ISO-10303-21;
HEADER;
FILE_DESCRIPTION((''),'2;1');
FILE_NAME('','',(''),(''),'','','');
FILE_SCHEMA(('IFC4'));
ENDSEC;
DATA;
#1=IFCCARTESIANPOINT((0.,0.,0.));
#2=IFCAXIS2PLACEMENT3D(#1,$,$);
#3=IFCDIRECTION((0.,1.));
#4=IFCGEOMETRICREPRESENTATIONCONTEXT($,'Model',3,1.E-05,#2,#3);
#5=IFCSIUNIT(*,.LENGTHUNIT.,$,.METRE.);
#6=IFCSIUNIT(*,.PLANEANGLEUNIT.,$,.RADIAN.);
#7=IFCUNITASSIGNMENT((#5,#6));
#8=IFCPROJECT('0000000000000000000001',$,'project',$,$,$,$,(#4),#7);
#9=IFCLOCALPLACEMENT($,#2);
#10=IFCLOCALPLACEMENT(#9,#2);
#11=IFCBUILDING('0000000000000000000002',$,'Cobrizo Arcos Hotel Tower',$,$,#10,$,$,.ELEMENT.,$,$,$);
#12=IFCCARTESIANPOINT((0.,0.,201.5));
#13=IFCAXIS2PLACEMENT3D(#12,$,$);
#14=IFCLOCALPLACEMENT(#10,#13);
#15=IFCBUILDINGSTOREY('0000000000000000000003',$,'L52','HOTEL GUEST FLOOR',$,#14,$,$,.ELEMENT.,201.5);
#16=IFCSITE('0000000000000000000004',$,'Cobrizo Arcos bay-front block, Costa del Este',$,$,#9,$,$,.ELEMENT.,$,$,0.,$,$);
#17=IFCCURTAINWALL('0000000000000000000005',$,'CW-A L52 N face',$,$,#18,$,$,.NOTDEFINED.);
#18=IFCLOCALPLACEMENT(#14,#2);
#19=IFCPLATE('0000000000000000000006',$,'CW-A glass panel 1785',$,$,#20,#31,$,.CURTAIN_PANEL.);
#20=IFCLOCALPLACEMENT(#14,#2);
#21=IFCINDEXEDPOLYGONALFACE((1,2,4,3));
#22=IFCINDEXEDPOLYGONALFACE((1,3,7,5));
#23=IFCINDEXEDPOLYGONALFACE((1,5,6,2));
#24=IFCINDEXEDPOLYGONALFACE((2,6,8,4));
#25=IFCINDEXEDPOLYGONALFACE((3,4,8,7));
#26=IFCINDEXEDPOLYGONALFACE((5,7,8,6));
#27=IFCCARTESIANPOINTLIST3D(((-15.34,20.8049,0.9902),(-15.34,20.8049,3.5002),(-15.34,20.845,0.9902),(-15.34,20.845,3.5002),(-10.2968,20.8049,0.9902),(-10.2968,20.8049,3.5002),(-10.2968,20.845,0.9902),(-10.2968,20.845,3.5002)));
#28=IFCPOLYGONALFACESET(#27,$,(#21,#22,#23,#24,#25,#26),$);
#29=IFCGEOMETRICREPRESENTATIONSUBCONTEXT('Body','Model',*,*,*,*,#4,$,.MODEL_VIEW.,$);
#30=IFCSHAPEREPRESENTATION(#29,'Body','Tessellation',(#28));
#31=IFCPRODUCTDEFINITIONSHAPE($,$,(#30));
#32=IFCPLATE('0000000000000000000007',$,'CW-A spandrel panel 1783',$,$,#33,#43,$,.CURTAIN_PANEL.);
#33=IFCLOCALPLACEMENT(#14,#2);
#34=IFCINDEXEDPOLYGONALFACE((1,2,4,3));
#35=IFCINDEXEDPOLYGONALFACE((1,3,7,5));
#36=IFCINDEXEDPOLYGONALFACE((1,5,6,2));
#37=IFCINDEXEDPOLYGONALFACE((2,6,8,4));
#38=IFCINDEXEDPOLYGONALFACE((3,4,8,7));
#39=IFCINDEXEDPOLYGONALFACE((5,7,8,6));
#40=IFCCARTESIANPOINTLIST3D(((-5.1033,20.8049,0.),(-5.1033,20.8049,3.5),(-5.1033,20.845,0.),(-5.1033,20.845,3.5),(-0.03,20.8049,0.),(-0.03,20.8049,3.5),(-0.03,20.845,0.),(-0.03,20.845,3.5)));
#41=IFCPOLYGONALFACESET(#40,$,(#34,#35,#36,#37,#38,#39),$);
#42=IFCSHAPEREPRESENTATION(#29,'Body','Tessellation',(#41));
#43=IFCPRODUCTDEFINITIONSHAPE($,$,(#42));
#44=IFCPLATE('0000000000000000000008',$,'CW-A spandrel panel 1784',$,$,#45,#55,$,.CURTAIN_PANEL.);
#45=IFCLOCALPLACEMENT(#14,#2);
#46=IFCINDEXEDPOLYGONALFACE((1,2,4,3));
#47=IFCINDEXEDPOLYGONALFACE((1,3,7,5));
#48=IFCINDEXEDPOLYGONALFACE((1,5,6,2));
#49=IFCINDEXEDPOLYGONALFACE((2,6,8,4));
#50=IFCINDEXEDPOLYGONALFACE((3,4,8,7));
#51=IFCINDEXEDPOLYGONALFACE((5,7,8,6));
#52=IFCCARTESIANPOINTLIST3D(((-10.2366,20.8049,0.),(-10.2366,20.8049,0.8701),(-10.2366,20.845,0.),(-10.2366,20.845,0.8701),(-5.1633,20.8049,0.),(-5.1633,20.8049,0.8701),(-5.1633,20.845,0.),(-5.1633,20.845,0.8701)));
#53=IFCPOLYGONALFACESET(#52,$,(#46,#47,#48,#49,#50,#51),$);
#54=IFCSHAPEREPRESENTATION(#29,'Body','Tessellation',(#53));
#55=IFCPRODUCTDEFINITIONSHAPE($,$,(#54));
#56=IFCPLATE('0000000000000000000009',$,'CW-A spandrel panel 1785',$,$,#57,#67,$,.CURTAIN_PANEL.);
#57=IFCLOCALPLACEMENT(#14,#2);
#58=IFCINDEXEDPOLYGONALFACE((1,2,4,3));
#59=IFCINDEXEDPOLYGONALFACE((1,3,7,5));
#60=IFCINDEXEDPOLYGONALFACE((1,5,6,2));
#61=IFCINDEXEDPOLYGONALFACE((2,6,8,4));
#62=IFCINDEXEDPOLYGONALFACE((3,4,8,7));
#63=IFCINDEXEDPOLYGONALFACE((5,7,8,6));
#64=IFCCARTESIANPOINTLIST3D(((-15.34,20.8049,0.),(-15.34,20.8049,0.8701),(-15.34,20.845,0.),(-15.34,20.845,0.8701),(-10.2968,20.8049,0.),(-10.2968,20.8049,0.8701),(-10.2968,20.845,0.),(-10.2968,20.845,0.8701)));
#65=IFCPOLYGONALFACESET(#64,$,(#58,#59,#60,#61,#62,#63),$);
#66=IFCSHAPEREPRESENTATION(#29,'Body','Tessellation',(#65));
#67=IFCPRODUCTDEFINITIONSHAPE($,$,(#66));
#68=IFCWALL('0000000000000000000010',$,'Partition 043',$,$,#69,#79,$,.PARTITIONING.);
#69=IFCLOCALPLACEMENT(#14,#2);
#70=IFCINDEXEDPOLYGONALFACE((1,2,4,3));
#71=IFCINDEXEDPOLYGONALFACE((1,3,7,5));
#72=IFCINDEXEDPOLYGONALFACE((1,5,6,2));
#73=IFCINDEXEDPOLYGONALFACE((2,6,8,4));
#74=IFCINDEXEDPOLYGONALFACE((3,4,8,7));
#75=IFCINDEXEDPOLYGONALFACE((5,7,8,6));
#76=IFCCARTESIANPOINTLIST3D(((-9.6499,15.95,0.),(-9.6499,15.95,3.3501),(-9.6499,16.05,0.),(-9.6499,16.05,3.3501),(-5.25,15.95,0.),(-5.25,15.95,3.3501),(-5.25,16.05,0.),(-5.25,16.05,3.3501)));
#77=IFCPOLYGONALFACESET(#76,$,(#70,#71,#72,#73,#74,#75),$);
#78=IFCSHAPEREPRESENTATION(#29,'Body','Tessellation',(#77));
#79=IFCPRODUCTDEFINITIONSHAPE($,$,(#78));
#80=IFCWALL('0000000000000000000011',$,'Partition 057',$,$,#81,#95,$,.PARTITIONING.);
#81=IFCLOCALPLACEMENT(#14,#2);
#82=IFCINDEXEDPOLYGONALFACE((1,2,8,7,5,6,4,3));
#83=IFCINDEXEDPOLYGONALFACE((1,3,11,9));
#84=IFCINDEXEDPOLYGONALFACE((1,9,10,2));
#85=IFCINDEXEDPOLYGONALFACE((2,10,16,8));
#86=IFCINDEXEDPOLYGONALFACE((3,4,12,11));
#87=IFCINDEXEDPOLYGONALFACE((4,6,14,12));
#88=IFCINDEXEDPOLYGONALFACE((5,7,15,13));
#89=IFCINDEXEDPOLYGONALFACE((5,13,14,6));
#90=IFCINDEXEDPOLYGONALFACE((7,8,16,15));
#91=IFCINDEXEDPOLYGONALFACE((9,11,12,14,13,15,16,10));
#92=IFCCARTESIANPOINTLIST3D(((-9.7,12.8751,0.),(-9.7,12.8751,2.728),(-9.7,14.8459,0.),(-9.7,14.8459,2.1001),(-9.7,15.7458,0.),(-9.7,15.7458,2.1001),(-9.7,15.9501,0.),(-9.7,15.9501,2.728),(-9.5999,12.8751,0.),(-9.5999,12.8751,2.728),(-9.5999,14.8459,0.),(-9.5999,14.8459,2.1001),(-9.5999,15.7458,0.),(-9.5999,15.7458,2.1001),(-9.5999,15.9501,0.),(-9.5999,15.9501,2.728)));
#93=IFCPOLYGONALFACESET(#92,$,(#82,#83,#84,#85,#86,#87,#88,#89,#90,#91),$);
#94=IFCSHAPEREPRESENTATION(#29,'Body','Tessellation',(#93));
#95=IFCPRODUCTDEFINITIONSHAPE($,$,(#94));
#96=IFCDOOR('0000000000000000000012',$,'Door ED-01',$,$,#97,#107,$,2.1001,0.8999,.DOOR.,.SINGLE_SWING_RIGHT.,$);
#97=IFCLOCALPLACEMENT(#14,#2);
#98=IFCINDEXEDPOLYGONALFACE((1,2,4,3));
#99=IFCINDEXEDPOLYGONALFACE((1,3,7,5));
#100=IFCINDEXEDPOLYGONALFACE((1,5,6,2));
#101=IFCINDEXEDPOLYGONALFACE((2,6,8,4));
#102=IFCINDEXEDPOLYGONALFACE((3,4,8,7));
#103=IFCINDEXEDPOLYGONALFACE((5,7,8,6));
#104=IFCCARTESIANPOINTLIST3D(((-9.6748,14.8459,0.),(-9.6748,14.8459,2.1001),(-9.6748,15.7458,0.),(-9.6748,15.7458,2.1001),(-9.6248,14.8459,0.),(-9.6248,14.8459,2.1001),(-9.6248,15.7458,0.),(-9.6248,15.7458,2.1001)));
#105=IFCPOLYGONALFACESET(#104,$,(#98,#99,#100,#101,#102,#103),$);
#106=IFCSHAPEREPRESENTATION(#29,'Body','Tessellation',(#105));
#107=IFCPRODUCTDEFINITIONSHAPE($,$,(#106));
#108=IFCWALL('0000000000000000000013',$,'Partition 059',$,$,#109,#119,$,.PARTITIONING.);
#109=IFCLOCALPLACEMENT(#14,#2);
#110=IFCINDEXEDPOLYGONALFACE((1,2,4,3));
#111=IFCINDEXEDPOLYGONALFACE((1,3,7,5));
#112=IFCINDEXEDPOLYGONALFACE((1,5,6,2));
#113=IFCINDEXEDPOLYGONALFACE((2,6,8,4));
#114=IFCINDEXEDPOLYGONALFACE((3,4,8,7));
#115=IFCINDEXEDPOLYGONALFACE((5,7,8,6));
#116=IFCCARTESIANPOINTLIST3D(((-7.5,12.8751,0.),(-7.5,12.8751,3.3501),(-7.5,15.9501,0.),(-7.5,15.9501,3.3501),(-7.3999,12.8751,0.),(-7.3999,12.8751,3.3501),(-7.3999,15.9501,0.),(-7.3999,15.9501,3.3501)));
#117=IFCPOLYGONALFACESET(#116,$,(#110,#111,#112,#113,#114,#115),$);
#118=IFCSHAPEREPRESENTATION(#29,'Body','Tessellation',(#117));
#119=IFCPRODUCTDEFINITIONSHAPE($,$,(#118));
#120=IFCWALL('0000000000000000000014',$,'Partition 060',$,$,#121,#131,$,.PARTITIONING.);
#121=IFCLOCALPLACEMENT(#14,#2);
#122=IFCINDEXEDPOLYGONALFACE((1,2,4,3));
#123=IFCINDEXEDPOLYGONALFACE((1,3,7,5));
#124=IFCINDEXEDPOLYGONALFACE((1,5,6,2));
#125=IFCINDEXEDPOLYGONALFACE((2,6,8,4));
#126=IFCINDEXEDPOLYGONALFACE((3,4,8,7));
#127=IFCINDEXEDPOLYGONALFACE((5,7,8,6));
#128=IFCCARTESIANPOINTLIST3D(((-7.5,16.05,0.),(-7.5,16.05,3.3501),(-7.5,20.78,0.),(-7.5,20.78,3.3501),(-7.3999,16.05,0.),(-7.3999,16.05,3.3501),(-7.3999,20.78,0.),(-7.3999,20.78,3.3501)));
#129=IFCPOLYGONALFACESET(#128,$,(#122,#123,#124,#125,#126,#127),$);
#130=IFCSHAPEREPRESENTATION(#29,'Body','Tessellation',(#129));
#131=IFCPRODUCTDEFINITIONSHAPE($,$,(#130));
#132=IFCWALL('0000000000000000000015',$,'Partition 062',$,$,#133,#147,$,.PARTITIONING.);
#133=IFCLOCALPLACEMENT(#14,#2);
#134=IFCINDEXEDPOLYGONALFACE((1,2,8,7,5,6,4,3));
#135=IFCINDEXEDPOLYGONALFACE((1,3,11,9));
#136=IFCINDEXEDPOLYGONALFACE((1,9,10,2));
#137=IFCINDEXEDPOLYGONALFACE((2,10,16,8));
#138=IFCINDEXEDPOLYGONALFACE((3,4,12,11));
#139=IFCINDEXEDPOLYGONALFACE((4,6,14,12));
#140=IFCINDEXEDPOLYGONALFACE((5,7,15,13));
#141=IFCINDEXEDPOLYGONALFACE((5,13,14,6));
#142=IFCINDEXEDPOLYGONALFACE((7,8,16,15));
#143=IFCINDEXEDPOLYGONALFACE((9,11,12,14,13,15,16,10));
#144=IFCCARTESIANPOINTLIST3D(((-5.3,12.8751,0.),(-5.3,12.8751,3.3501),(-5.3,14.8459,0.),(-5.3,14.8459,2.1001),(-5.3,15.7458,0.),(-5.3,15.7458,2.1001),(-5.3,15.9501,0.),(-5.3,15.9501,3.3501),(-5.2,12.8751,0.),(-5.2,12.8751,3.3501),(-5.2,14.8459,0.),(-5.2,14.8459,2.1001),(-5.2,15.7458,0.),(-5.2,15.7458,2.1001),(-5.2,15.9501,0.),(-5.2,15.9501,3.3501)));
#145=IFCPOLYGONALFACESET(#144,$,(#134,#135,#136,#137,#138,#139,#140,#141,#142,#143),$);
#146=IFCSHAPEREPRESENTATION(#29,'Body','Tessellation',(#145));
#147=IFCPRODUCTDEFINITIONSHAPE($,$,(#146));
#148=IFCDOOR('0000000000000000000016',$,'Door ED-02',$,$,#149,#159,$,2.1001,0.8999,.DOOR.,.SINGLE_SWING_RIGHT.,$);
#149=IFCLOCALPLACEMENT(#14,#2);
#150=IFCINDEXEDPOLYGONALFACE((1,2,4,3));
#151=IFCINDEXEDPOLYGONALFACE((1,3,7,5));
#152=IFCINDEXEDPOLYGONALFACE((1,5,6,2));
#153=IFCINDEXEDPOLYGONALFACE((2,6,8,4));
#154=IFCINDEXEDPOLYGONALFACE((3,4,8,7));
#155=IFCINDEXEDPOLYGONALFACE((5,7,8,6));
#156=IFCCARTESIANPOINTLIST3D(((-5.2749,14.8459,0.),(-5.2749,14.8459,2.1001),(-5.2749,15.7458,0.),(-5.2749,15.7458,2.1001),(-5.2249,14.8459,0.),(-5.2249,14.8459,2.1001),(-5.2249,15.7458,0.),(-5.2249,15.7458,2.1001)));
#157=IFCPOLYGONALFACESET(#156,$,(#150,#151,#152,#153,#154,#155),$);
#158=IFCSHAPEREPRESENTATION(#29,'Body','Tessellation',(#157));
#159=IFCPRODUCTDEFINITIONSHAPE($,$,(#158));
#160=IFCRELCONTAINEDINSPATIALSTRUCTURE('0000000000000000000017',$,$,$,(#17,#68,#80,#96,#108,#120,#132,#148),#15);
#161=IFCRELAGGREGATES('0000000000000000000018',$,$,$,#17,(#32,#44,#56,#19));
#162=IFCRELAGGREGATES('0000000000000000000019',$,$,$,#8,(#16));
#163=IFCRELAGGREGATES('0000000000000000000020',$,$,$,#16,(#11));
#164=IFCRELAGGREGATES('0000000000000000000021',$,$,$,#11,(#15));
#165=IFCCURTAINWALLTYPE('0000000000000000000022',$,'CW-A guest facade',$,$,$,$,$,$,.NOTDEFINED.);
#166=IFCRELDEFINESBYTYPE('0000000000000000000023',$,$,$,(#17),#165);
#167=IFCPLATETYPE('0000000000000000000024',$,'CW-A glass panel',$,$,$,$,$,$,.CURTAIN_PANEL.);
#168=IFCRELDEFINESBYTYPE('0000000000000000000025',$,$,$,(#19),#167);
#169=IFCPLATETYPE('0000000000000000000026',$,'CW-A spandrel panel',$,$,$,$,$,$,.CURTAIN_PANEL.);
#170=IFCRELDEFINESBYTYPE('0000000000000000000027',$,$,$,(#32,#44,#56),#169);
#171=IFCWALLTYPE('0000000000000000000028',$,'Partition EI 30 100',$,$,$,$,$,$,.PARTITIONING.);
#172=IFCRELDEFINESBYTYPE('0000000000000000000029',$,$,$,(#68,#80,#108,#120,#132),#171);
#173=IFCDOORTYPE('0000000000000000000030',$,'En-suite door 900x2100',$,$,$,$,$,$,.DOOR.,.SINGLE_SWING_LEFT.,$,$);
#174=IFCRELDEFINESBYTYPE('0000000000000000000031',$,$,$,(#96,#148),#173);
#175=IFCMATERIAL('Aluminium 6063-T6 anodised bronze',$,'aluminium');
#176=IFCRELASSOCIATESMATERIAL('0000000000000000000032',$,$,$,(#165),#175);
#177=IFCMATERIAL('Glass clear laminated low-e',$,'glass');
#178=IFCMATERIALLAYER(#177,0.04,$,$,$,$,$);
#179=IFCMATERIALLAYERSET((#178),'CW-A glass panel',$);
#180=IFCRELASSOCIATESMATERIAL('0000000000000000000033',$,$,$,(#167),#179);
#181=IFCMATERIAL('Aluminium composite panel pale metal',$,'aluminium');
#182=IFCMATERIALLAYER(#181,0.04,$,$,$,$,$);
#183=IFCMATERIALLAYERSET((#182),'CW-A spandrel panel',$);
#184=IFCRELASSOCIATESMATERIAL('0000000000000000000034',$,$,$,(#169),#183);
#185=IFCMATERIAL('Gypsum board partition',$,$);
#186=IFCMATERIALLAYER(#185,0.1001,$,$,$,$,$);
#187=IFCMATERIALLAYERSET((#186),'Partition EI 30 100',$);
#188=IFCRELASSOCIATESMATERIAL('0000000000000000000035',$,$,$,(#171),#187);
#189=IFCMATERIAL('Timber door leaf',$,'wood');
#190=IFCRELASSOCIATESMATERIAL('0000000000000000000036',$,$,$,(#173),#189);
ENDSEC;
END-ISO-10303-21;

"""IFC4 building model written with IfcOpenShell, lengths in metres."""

from ifc_helpers import new_model, si_unit, direction, frame, frame_2d, origin, origin_2d, place, context, subcontext, project, spatial, rectangle, extrude, material, layer, layer_set, type_object, element, fill, aggregate, save


model = new_model("IFC4")

# Units and contexts
model_context = context("Model", 3, precision=1e-05, world=origin(), true_north=direction((0.0, 1.0)))
body_context = subcontext(model_context, "Body", "Model", "MODEL_VIEW")
ifc_project = project(units=[si_unit("LENGTHUNIT", "METRE"), si_unit("PLANEANGLEUNIT", "RADIAN")], contexts=[model_context])

# Site, building, storey
site_placement = place(None, origin())
site = spatial("IfcSite", under=ifc_project, at=site_placement, Name="Cobrizo Arcos bay-front block, Costa del Este", CompositionType="ELEMENT", RefElevation=0.0)
building_placement = place(site_placement, origin())
building = spatial("IfcBuilding", under=site, at=building_placement, Name="Cobrizo Arcos Hotel Tower", CompositionType="ELEMENT")
storey_placement = place(building_placement, frame((0.0, 0.0, 201.5)))
storey = spatial("IfcBuildingStorey", under=building, at=storey_placement, Name="L52", Description="HOTEL GUEST FLOOR", CompositionType="ELEMENT", Elevation=201.5)

# Curtain wall
ifc_material_1 = material(Name="Aluminium 6063-T6 anodised bronze", Category="aluminium")
curtain_wall_type = type_object("IfcCurtainWallType", Name="CW-A guest facade", PredefinedType="NOTDEFINED", material=ifc_material_1)
curtain_wall_placement = place(storey_placement, origin())
curtain_wall = element("IfcCurtainWall", 1, at=curtain_wall_placement, inside=storey, type_object=curtain_wall_type, Name="CW-A L52 N face", PredefinedType="NOTDEFINED")

# Plates
ifc_material_2 = material(Name="Glass clear laminated low-e", Category="glass")
ifc_layer_1 = layer(ifc_material_2, 0.04)
ifc_layer_set_1 = layer_set([ifc_layer_1], Name="CW-A glass panel")
plate_type_1 = type_object("IfcPlateType", Name="CW-A glass panel", PredefinedType="CURTAIN_PANEL", material=ifc_layer_set_1)
plate_1_placement = place(storey_placement, frame((-12.8184, 20.825, 0.9902), z_axis=(0.0, 0.0, 1.0), x_axis=(-1.0, 0.0, 0.0)))
plate_1 = element("IfcPlate", 2, at=plate_1_placement, type_object=plate_type_1, Name="CW-A glass panel 1785", PredefinedType="CURTAIN_PANEL", context=body_context, shape_type="SweptSolid", body=[
    extrude(rectangle(XDim=5.0432, YDim=0.04, at=origin_2d()), origin(), (0.0, 0.0, 1.0), 2.51),
])
ifc_material_3 = material(Name="Aluminium composite panel pale metal", Category="aluminium")
ifc_layer_2 = layer(ifc_material_3, 0.04)
ifc_layer_set_2 = layer_set([ifc_layer_2], Name="CW-A spandrel panel")
plate_type_2 = type_object("IfcPlateType", Name="CW-A spandrel panel", PredefinedType="CURTAIN_PANEL", material=ifc_layer_set_2)
plate_2_placement = place(storey_placement, frame((-2.5667, 20.825, 0.0), z_axis=(0.0, 0.0, 1.0), x_axis=(-1.0, 0.0, 0.0)))
plate_2 = element("IfcPlate", 3, at=plate_2_placement, type_object=plate_type_2, Name="CW-A spandrel panel 1783", PredefinedType="CURTAIN_PANEL", context=body_context, shape_type="SweptSolid", body=[
    extrude(rectangle(XDim=5.0732, YDim=0.04, at=origin_2d()), origin(), (0.0, 0.0, 1.0), 3.5),
])
plate_3_placement = place(storey_placement, frame((-7.7, 20.825, 0.0), z_axis=(0.0, 0.0, 1.0), x_axis=(-1.0, 0.0, 0.0)))
plate_3 = element("IfcPlate", 4, at=plate_3_placement, type_object=plate_type_2, Name="CW-A spandrel panel 1784", PredefinedType="CURTAIN_PANEL", context=body_context, shape_type="SweptSolid", body=[
    extrude(rectangle(XDim=5.0732, YDim=0.04, at=origin_2d()), origin(), (0.0, 0.0, 1.0), 0.8701),
])
plate_4_placement = place(storey_placement, frame((-12.8184, 20.825, 0.0), z_axis=(0.0, 0.0, 1.0), x_axis=(-1.0, 0.0, 0.0)))
plate_4 = element("IfcPlate", 5, at=plate_4_placement, type_object=plate_type_2, Name="CW-A spandrel panel 1785", PredefinedType="CURTAIN_PANEL", context=body_context, shape_type="SweptSolid", body=[
    extrude(rectangle(XDim=5.0432, YDim=0.04, at=origin_2d()), origin(), (0.0, 0.0, 1.0), 0.8701),
])
aggregate(curtain_wall, [plate_2, plate_3, plate_4, plate_1])

# Wall
ifc_material_4 = material(Name="Gypsum board partition")
ifc_layer_3 = layer(ifc_material_4, 0.1001)
ifc_layer_set_3 = layer_set([ifc_layer_3], Name="Partition EI 30 100")
wall_type = type_object("IfcWallType", Name="Partition EI 30 100", PredefinedType="PARTITIONING", material=ifc_layer_set_3)
wall_1_placement = place(storey_placement, frame((-9.6499, 16.0, 0.0), z_axis=(0.0, 0.0, 1.0), x_axis=(1.0, 0.0, 0.0)))
element("IfcWall", 6, at=wall_1_placement, inside=storey, type_object=wall_type, Name="Partition 043", PredefinedType="PARTITIONING", context=body_context, shape_type="SweptSolid", body=[
    extrude(rectangle(XDim=4.3999, YDim=0.1001, at=frame_2d((2.2, 0.0))), origin(), (0.0, 0.0, 1.0), 3.3501),
])

# Wall, opening, door
wall_2_placement = place(storey_placement, frame((-9.6499, 12.875, 0.0), z_axis=(0.0, 0.0, 1.0), x_axis=(0.0, 1.0, 0.0)))
wall_2 = element("IfcWall", 7, at=wall_2_placement, inside=storey, type_object=wall_type, Name="Partition 057", PredefinedType="PARTITIONING", context=body_context, shape_type="SweptSolid", body=[
    extrude(rectangle(XDim=3.075, YDim=0.1001, at=frame_2d((1.5376, 0.0))), origin(), (0.0, 0.0, 1.0), 2.728),
])
opening_1_placement = place(wall_2_placement, frame((1.9709, 0.0, 0.0)))
opening_1 = element("IfcOpeningElement", 8, at=opening_1_placement, cuts=wall_2, PredefinedType="OPENING", context=body_context, shape_type="SweptSolid", body=[
    extrude(rectangle(XDim=0.8999, YDim=2.1001, at=frame_2d((0.45, 1.05))), frame((0.0, 0.062, 0.0), z_axis=(0.0, -1.0, 0.0), x_axis=(1.0, 0.0, 0.0)), (0.0, 0.0, 1.0), 0.124),
])
ifc_material_5 = material(Name="Timber door leaf", Category="wood")
door_type = type_object("IfcDoorType", Name="En-suite door 900x2100", OperationType="SINGLE_SWING_LEFT", PredefinedType="DOOR", material=ifc_material_5)
door_1_placement = place(opening_1_placement, origin())
door_1 = element("IfcDoor", 9, at=door_1_placement, inside=storey, type_object=door_type, Name="Door ED-01", OperationType="SINGLE_SWING_RIGHT", OverallHeight=2.1001, OverallWidth=0.8999, PredefinedType="DOOR", context=body_context, shape_type="SweptSolid", body=[
    extrude(rectangle(XDim=0.8999, YDim=2.1001, at=frame_2d((0.45, 1.05))), frame((0.0, 0.0249, 0.0), z_axis=(0.0, -1.0, 0.0), x_axis=(1.0, 0.0, 0.0)), (0.0, 0.0, 1.0), 0.05),
])
fill(opening_1, door_1)

# Walls
wall_3_placement = place(storey_placement, frame((-7.45, 12.875, 0.0), z_axis=(0.0, 0.0, 1.0), x_axis=(0.0, 1.0, 0.0)))
element("IfcWall", 10, at=wall_3_placement, inside=storey, type_object=wall_type, Name="Partition 059", PredefinedType="PARTITIONING", context=body_context, shape_type="SweptSolid", body=[
    extrude(rectangle(XDim=3.075, YDim=0.1001, at=frame_2d((1.5376, 0.0))), origin(), (0.0, 0.0, 1.0), 3.3501),
])
wall_4_placement = place(storey_placement, frame((-7.45, 16.05, 0.0), z_axis=(0.0, 0.0, 1.0), x_axis=(0.0, 1.0, 0.0)))
element("IfcWall", 11, at=wall_4_placement, inside=storey, type_object=wall_type, Name="Partition 060", PredefinedType="PARTITIONING", context=body_context, shape_type="SweptSolid", body=[
    extrude(rectangle(XDim=4.73, YDim=0.1001, at=frame_2d((2.365, 0.0))), origin(), (0.0, 0.0, 1.0), 3.3501),
])

# Wall, opening, door
wall_5_placement = place(storey_placement, frame((-5.25, 12.875, 0.0), z_axis=(0.0, 0.0, 1.0), x_axis=(0.0, 1.0, 0.0)))
wall_5 = element("IfcWall", 12, at=wall_5_placement, inside=storey, type_object=wall_type, Name="Partition 062", PredefinedType="PARTITIONING", context=body_context, shape_type="SweptSolid", body=[
    extrude(rectangle(XDim=3.075, YDim=0.1001, at=frame_2d((1.5376, 0.0))), origin(), (0.0, 0.0, 1.0), 3.3501),
])
opening_2_placement = place(wall_5_placement, frame((1.9709, 0.0, 0.0)))
opening_2 = element("IfcOpeningElement", 13, at=opening_2_placement, cuts=wall_5, PredefinedType="OPENING", context=body_context, shape_type="SweptSolid", body=[
    extrude(rectangle(XDim=0.8999, YDim=2.1001, at=frame_2d((0.45, 1.05))), frame((0.0, 0.062, 0.0), z_axis=(0.0, -1.0, 0.0), x_axis=(1.0, 0.0, 0.0)), (0.0, 0.0, 1.0), 0.124),
])
door_2_placement = place(opening_2_placement, origin())
door_2 = element("IfcDoor", 14, at=door_2_placement, inside=storey, type_object=door_type, Name="Door ED-02", OperationType="SINGLE_SWING_RIGHT", OverallHeight=2.1001, OverallWidth=0.8999, PredefinedType="DOOR", context=body_context, shape_type="SweptSolid", body=[
    extrude(rectangle(XDim=0.8999, YDim=2.1001, at=frame_2d((0.45, 1.05))), frame((0.0, 0.0249, 0.0), z_axis=(0.0, -1.0, 0.0), x_axis=(1.0, 0.0, 0.0)), (0.0, 0.0, 1.0), 0.05),
])
fill(opening_2, door_2)

save(model, "model.ifc")
